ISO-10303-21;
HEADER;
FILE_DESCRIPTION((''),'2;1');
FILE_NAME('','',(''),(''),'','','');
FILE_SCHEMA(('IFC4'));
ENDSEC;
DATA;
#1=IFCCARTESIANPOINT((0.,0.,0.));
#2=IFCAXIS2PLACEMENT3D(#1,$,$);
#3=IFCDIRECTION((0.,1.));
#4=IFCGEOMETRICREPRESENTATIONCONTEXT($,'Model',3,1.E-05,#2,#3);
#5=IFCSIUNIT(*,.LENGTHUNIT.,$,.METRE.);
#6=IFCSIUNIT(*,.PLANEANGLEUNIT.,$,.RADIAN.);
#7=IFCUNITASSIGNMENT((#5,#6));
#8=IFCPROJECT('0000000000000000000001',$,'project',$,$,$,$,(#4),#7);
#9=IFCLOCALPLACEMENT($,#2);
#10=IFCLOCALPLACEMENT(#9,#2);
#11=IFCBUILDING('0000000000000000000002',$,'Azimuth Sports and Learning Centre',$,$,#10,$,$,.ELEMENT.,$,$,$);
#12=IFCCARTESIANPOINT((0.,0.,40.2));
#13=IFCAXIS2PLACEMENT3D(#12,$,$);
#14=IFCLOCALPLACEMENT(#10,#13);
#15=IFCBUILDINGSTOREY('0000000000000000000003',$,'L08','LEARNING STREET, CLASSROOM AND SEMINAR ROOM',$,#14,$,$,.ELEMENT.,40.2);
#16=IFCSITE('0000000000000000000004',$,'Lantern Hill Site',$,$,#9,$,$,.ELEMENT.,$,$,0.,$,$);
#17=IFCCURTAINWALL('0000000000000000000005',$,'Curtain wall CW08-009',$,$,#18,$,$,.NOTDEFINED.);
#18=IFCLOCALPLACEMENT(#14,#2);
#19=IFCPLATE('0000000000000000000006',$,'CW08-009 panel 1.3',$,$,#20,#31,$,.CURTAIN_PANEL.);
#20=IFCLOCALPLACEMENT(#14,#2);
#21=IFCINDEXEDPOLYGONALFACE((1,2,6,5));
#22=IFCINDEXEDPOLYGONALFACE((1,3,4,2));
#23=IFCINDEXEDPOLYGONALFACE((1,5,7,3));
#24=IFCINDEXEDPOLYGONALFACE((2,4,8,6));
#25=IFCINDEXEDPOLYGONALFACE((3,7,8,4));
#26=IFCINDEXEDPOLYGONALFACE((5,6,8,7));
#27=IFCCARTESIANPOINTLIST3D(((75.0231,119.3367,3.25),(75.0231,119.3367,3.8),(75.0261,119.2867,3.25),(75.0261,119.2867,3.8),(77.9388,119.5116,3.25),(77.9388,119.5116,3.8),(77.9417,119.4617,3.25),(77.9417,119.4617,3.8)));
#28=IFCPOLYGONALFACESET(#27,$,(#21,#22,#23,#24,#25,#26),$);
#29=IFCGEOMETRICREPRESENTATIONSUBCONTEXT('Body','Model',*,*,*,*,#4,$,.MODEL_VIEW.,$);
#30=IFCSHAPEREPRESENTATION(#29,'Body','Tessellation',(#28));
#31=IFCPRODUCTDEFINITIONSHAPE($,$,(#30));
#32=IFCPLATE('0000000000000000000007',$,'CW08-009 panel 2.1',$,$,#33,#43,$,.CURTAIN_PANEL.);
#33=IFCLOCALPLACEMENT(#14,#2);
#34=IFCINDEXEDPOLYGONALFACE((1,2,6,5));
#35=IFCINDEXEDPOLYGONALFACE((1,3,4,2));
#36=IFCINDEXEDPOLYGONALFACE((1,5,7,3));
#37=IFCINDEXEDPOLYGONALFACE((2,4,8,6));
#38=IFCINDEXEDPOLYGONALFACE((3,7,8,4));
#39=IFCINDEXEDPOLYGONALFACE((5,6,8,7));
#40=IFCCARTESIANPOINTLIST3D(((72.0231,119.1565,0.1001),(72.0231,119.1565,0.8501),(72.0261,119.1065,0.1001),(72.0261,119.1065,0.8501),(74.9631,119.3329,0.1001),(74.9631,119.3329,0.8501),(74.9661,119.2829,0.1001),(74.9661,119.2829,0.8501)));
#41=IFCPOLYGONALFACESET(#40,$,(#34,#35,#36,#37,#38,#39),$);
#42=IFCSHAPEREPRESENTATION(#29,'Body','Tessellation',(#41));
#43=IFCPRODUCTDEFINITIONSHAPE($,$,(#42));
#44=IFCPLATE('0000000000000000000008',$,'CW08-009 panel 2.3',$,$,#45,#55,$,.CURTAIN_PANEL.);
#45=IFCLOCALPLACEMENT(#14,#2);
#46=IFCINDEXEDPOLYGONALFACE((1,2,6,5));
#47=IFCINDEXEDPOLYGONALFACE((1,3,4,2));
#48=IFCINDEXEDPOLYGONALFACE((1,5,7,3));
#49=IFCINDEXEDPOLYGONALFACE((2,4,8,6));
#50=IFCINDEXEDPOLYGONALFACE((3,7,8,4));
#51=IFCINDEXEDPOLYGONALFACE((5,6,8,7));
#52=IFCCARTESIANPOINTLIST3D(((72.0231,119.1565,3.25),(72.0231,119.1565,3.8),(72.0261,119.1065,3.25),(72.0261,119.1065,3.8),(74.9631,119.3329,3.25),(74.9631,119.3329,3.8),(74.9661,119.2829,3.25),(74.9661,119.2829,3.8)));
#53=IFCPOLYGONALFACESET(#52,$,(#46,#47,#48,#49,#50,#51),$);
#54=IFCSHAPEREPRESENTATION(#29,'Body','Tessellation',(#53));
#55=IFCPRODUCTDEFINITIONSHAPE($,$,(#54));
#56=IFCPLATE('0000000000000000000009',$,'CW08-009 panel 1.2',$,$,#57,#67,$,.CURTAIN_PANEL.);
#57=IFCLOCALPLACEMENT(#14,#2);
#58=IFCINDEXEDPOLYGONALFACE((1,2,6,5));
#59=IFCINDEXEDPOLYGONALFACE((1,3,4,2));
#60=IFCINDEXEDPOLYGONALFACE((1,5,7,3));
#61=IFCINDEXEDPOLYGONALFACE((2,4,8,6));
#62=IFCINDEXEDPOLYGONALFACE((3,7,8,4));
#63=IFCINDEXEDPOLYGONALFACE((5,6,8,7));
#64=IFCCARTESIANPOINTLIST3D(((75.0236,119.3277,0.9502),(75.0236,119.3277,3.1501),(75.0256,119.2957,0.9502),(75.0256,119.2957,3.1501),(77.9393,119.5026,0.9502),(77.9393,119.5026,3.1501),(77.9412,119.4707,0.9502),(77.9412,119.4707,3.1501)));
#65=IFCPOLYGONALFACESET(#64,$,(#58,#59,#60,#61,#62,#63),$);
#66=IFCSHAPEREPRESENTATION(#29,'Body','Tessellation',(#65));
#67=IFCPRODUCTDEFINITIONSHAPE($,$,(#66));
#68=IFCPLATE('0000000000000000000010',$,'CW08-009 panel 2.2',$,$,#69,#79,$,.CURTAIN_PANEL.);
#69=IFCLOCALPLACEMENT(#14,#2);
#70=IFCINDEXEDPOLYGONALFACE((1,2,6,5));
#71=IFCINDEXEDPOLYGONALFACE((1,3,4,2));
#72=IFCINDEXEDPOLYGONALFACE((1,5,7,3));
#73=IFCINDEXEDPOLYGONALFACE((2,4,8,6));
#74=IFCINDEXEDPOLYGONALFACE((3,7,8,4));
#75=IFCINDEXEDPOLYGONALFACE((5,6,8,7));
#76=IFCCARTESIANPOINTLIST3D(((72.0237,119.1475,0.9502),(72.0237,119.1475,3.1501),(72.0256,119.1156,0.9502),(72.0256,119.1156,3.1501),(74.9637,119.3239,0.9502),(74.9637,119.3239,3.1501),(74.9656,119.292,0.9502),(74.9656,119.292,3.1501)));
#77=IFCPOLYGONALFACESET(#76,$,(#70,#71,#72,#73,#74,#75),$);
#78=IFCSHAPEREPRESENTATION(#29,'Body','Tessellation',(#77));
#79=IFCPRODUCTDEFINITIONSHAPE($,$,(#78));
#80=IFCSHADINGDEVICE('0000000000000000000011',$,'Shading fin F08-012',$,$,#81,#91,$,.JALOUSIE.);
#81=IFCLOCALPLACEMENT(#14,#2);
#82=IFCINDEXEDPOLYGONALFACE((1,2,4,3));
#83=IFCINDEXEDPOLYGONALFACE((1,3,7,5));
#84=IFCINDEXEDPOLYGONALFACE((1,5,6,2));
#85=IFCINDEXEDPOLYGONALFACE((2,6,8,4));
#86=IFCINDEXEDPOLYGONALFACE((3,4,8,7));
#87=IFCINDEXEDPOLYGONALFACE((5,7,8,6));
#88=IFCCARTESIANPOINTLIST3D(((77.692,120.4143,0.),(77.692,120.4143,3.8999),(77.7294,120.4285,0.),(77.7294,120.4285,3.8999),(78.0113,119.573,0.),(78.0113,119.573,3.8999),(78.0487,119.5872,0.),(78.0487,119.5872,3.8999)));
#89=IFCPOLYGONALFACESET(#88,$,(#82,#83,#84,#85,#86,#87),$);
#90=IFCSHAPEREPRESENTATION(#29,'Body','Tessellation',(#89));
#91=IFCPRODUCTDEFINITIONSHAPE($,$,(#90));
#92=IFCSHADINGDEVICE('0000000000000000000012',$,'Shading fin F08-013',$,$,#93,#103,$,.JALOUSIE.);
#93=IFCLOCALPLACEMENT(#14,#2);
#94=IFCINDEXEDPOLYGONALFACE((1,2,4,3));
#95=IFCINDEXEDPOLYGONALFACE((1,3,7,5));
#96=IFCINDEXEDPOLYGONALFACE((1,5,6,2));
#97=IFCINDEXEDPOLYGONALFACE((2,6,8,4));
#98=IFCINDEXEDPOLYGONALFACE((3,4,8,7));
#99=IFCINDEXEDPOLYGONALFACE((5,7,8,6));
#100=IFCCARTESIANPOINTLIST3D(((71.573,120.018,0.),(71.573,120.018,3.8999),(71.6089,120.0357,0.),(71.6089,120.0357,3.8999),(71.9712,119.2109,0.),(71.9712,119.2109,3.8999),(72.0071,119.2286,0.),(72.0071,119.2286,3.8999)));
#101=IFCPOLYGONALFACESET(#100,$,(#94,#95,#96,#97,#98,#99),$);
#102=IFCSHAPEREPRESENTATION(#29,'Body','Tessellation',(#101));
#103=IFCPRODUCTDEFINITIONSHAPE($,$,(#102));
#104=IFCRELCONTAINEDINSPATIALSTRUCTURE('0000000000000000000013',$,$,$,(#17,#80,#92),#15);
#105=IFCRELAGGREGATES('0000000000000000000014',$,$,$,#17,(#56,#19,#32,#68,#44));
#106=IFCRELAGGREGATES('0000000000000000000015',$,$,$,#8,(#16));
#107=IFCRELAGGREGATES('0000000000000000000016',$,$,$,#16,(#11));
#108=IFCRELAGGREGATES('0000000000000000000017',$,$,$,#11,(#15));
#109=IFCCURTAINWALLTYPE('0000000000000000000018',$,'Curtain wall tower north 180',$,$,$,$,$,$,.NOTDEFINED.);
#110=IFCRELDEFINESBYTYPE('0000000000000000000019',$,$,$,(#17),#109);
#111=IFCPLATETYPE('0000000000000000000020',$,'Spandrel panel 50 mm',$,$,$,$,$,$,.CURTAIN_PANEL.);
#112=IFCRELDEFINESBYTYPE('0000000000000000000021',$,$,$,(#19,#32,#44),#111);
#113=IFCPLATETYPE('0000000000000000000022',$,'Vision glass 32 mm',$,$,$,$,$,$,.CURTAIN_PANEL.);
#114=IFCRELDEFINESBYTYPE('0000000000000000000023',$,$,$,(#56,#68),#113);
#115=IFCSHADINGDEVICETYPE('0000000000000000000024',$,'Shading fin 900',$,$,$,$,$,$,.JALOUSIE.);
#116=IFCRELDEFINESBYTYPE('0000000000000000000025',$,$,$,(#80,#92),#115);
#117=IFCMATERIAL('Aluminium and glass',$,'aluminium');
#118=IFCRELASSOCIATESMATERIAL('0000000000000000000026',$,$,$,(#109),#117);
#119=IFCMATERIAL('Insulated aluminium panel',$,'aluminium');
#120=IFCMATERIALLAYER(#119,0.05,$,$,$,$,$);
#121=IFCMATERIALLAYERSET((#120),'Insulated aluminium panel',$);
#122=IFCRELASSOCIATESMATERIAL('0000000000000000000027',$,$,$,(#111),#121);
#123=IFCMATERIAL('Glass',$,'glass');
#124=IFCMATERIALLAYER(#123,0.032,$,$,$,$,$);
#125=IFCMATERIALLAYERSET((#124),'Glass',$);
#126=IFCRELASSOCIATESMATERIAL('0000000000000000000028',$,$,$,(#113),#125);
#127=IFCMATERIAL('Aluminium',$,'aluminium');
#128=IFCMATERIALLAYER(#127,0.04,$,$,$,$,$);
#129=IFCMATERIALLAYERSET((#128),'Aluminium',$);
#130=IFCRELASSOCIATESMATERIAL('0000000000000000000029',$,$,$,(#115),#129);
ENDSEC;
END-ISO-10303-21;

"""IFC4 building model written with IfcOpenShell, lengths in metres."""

from ifc_helpers import new_model, si_unit, direction, frame, origin, origin_2d, place, context, subcontext, project, spatial, rectangle, extrude, material, layer, layer_set, type_object, element, aggregate, save


model = new_model("IFC4")

# Units and contexts
model_context = context("Model", 3, precision=1e-05, world=origin(), true_north=direction((0.0, 1.0)))
body_context = subcontext(model_context, "Body", "Model", "MODEL_VIEW")
ifc_project = project(units=[si_unit("LENGTHUNIT", "METRE"), si_unit("PLANEANGLEUNIT", "RADIAN")], contexts=[model_context])

# Site, building, storey
site_placement = place(None, origin())
site = spatial("IfcSite", under=ifc_project, at=site_placement, Name="Lantern Hill Site", CompositionType="ELEMENT", RefElevation=0.0)
building_placement = place(site_placement, origin())
building = spatial("IfcBuilding", under=site, at=building_placement, Name="Azimuth Sports and Learning Centre", CompositionType="ELEMENT")
storey_placement = place(building_placement, frame((0.0, 0.0, 40.2)))
storey = spatial("IfcBuildingStorey", under=building, at=storey_placement, Name="L08", Description="LEARNING STREET, CLASSROOM AND SEMINAR ROOM", CompositionType="ELEMENT", Elevation=40.2)

# Curtain wall, plates
ifc_material_1 = material(Name="Aluminium and glass", Category="aluminium")
curtain_wall_type = type_object("IfcCurtainWallType", Name="Curtain wall tower north 180", PredefinedType="NOTDEFINED", material=ifc_material_1)
curtain_wall_placement = place(storey_placement, origin())
curtain_wall = element("IfcCurtainWall", 1, at=curtain_wall_placement, inside=storey, type_object=curtain_wall_type, Name="Curtain wall CW08-009", PredefinedType="NOTDEFINED")
ifc_material_2 = material(Name="Insulated aluminium panel", Category="aluminium")
ifc_layer_1 = layer(ifc_material_2, 0.05)
ifc_layer_set_1 = layer_set([ifc_layer_1], Name="Insulated aluminium panel")
plate_type_1 = type_object("IfcPlateType", Name="Spandrel panel 50 mm", PredefinedType="CURTAIN_PANEL", material=ifc_layer_set_1)
plate_1_placement = place(storey_placement, frame((76.4824, 119.3992, 3.25), z_axis=(0.0, 0.0, 1.0), x_axis=(-0.998205, -0.059892, 0.0)))
plate_1 = element("IfcPlate", 2, at=plate_1_placement, type_object=plate_type_1, Name="CW08-009 panel 1.3", PredefinedType="CURTAIN_PANEL", context=body_context, shape_type="SweptSolid", body=[
    extrude(rectangle(XDim=2.9209, YDim=0.05, at=origin_2d()), origin(), (0.0, 0.0, 1.0), 0.55),
])
plate_2_placement = place(storey_placement, frame((73.4946, 119.2197, 0.1001), z_axis=(0.0, 0.0, 1.0), x_axis=(-0.998205, -0.059892, 0.0)))
plate_2 = element("IfcPlate", 3, at=plate_2_placement, type_object=plate_type_1, Name="CW08-009 panel 2.1", PredefinedType="CURTAIN_PANEL", context=body_context, shape_type="SweptSolid", body=[
    extrude(rectangle(XDim=2.9453, YDim=0.05, at=origin_2d()), origin(), (0.0, 0.0, 1.0), 0.75),
])
plate_3_placement = place(storey_placement, frame((73.4946, 119.2197, 3.25), z_axis=(0.0, 0.0, 1.0), x_axis=(-0.998205, -0.059892, 0.0)))
plate_3 = element("IfcPlate", 4, at=plate_3_placement, type_object=plate_type_1, Name="CW08-009 panel 2.3", PredefinedType="CURTAIN_PANEL", context=body_context, shape_type="SweptSolid", body=[
    extrude(rectangle(XDim=2.9453, YDim=0.05, at=origin_2d()), origin(), (0.0, 0.0, 1.0), 0.55),
])
ifc_material_3 = material(Name="Glass", Category="glass")
ifc_layer_2 = layer(ifc_material_3, 0.032)
ifc_layer_set_2 = layer_set([ifc_layer_2], Name="Glass")
plate_type_2 = type_object("IfcPlateType", Name="Vision glass 32 mm", PredefinedType="CURTAIN_PANEL", material=ifc_layer_set_2)
plate_4_placement = place(storey_placement, frame((76.4824, 119.3992, 0.9502), z_axis=(0.0, 0.0, 1.0), x_axis=(-0.998205, -0.059892, 0.0)))
plate_4 = element("IfcPlate", 5, at=plate_4_placement, type_object=plate_type_2, Name="CW08-009 panel 1.2", PredefinedType="CURTAIN_PANEL", context=body_context, shape_type="SweptSolid", body=[
    extrude(rectangle(XDim=2.9209, YDim=0.032, at=origin_2d()), origin(), (0.0, 0.0, 1.0), 2.2),
])
plate_5_placement = place(storey_placement, frame((73.4946, 119.2197, 0.9502), z_axis=(0.0, 0.0, 1.0), x_axis=(-0.998205, -0.059892, 0.0)))
plate_5 = element("IfcPlate", 6, at=plate_5_placement, type_object=plate_type_2, Name="CW08-009 panel 2.2", PredefinedType="CURTAIN_PANEL", context=body_context, shape_type="SweptSolid", body=[
    extrude(rectangle(XDim=2.9453, YDim=0.032, at=origin_2d()), origin(), (0.0, 0.0, 1.0), 2.2),
])
aggregate(curtain_wall, [plate_4, plate_1, plate_2, plate_5, plate_3])

# Shading devices
ifc_material_4 = material(Name="Aluminium", Category="aluminium")
ifc_layer_3 = layer(ifc_material_4, 0.04)
ifc_layer_set_3 = layer_set([ifc_layer_3], Name="Aluminium")
shading_device_type = type_object("IfcShadingDeviceType", Name="Shading fin 900", PredefinedType="JALOUSIE", material=ifc_layer_set_3)
for number, where, z_axis, x_axis, name in (
    (7, (77.8704, 120.0007, 0.0), (0.0, 0.0, 1.0), (-0.354856, 0.934921, 0.0), "Shading fin F08-012"),
    (8, (71.79, 119.6233, 0.0), (0.0, 0.0, 1.0), (-0.442429, 0.896803, 0.0), "Shading fin F08-013"),
):
    element("IfcShadingDevice", number, at=place(storey_placement, frame(where, z_axis=z_axis, x_axis=x_axis)), inside=storey, type_object=shading_device_type, Name=name, PredefinedType="JALOUSIE", context=body_context, shape_type="SweptSolid", body=[
        extrude(rectangle(XDim=0.8999, YDim=0.04, at=origin_2d()), origin(), (0.0, 0.0, 1.0), 3.8999),
    ])

save(model, "model.ifc")
